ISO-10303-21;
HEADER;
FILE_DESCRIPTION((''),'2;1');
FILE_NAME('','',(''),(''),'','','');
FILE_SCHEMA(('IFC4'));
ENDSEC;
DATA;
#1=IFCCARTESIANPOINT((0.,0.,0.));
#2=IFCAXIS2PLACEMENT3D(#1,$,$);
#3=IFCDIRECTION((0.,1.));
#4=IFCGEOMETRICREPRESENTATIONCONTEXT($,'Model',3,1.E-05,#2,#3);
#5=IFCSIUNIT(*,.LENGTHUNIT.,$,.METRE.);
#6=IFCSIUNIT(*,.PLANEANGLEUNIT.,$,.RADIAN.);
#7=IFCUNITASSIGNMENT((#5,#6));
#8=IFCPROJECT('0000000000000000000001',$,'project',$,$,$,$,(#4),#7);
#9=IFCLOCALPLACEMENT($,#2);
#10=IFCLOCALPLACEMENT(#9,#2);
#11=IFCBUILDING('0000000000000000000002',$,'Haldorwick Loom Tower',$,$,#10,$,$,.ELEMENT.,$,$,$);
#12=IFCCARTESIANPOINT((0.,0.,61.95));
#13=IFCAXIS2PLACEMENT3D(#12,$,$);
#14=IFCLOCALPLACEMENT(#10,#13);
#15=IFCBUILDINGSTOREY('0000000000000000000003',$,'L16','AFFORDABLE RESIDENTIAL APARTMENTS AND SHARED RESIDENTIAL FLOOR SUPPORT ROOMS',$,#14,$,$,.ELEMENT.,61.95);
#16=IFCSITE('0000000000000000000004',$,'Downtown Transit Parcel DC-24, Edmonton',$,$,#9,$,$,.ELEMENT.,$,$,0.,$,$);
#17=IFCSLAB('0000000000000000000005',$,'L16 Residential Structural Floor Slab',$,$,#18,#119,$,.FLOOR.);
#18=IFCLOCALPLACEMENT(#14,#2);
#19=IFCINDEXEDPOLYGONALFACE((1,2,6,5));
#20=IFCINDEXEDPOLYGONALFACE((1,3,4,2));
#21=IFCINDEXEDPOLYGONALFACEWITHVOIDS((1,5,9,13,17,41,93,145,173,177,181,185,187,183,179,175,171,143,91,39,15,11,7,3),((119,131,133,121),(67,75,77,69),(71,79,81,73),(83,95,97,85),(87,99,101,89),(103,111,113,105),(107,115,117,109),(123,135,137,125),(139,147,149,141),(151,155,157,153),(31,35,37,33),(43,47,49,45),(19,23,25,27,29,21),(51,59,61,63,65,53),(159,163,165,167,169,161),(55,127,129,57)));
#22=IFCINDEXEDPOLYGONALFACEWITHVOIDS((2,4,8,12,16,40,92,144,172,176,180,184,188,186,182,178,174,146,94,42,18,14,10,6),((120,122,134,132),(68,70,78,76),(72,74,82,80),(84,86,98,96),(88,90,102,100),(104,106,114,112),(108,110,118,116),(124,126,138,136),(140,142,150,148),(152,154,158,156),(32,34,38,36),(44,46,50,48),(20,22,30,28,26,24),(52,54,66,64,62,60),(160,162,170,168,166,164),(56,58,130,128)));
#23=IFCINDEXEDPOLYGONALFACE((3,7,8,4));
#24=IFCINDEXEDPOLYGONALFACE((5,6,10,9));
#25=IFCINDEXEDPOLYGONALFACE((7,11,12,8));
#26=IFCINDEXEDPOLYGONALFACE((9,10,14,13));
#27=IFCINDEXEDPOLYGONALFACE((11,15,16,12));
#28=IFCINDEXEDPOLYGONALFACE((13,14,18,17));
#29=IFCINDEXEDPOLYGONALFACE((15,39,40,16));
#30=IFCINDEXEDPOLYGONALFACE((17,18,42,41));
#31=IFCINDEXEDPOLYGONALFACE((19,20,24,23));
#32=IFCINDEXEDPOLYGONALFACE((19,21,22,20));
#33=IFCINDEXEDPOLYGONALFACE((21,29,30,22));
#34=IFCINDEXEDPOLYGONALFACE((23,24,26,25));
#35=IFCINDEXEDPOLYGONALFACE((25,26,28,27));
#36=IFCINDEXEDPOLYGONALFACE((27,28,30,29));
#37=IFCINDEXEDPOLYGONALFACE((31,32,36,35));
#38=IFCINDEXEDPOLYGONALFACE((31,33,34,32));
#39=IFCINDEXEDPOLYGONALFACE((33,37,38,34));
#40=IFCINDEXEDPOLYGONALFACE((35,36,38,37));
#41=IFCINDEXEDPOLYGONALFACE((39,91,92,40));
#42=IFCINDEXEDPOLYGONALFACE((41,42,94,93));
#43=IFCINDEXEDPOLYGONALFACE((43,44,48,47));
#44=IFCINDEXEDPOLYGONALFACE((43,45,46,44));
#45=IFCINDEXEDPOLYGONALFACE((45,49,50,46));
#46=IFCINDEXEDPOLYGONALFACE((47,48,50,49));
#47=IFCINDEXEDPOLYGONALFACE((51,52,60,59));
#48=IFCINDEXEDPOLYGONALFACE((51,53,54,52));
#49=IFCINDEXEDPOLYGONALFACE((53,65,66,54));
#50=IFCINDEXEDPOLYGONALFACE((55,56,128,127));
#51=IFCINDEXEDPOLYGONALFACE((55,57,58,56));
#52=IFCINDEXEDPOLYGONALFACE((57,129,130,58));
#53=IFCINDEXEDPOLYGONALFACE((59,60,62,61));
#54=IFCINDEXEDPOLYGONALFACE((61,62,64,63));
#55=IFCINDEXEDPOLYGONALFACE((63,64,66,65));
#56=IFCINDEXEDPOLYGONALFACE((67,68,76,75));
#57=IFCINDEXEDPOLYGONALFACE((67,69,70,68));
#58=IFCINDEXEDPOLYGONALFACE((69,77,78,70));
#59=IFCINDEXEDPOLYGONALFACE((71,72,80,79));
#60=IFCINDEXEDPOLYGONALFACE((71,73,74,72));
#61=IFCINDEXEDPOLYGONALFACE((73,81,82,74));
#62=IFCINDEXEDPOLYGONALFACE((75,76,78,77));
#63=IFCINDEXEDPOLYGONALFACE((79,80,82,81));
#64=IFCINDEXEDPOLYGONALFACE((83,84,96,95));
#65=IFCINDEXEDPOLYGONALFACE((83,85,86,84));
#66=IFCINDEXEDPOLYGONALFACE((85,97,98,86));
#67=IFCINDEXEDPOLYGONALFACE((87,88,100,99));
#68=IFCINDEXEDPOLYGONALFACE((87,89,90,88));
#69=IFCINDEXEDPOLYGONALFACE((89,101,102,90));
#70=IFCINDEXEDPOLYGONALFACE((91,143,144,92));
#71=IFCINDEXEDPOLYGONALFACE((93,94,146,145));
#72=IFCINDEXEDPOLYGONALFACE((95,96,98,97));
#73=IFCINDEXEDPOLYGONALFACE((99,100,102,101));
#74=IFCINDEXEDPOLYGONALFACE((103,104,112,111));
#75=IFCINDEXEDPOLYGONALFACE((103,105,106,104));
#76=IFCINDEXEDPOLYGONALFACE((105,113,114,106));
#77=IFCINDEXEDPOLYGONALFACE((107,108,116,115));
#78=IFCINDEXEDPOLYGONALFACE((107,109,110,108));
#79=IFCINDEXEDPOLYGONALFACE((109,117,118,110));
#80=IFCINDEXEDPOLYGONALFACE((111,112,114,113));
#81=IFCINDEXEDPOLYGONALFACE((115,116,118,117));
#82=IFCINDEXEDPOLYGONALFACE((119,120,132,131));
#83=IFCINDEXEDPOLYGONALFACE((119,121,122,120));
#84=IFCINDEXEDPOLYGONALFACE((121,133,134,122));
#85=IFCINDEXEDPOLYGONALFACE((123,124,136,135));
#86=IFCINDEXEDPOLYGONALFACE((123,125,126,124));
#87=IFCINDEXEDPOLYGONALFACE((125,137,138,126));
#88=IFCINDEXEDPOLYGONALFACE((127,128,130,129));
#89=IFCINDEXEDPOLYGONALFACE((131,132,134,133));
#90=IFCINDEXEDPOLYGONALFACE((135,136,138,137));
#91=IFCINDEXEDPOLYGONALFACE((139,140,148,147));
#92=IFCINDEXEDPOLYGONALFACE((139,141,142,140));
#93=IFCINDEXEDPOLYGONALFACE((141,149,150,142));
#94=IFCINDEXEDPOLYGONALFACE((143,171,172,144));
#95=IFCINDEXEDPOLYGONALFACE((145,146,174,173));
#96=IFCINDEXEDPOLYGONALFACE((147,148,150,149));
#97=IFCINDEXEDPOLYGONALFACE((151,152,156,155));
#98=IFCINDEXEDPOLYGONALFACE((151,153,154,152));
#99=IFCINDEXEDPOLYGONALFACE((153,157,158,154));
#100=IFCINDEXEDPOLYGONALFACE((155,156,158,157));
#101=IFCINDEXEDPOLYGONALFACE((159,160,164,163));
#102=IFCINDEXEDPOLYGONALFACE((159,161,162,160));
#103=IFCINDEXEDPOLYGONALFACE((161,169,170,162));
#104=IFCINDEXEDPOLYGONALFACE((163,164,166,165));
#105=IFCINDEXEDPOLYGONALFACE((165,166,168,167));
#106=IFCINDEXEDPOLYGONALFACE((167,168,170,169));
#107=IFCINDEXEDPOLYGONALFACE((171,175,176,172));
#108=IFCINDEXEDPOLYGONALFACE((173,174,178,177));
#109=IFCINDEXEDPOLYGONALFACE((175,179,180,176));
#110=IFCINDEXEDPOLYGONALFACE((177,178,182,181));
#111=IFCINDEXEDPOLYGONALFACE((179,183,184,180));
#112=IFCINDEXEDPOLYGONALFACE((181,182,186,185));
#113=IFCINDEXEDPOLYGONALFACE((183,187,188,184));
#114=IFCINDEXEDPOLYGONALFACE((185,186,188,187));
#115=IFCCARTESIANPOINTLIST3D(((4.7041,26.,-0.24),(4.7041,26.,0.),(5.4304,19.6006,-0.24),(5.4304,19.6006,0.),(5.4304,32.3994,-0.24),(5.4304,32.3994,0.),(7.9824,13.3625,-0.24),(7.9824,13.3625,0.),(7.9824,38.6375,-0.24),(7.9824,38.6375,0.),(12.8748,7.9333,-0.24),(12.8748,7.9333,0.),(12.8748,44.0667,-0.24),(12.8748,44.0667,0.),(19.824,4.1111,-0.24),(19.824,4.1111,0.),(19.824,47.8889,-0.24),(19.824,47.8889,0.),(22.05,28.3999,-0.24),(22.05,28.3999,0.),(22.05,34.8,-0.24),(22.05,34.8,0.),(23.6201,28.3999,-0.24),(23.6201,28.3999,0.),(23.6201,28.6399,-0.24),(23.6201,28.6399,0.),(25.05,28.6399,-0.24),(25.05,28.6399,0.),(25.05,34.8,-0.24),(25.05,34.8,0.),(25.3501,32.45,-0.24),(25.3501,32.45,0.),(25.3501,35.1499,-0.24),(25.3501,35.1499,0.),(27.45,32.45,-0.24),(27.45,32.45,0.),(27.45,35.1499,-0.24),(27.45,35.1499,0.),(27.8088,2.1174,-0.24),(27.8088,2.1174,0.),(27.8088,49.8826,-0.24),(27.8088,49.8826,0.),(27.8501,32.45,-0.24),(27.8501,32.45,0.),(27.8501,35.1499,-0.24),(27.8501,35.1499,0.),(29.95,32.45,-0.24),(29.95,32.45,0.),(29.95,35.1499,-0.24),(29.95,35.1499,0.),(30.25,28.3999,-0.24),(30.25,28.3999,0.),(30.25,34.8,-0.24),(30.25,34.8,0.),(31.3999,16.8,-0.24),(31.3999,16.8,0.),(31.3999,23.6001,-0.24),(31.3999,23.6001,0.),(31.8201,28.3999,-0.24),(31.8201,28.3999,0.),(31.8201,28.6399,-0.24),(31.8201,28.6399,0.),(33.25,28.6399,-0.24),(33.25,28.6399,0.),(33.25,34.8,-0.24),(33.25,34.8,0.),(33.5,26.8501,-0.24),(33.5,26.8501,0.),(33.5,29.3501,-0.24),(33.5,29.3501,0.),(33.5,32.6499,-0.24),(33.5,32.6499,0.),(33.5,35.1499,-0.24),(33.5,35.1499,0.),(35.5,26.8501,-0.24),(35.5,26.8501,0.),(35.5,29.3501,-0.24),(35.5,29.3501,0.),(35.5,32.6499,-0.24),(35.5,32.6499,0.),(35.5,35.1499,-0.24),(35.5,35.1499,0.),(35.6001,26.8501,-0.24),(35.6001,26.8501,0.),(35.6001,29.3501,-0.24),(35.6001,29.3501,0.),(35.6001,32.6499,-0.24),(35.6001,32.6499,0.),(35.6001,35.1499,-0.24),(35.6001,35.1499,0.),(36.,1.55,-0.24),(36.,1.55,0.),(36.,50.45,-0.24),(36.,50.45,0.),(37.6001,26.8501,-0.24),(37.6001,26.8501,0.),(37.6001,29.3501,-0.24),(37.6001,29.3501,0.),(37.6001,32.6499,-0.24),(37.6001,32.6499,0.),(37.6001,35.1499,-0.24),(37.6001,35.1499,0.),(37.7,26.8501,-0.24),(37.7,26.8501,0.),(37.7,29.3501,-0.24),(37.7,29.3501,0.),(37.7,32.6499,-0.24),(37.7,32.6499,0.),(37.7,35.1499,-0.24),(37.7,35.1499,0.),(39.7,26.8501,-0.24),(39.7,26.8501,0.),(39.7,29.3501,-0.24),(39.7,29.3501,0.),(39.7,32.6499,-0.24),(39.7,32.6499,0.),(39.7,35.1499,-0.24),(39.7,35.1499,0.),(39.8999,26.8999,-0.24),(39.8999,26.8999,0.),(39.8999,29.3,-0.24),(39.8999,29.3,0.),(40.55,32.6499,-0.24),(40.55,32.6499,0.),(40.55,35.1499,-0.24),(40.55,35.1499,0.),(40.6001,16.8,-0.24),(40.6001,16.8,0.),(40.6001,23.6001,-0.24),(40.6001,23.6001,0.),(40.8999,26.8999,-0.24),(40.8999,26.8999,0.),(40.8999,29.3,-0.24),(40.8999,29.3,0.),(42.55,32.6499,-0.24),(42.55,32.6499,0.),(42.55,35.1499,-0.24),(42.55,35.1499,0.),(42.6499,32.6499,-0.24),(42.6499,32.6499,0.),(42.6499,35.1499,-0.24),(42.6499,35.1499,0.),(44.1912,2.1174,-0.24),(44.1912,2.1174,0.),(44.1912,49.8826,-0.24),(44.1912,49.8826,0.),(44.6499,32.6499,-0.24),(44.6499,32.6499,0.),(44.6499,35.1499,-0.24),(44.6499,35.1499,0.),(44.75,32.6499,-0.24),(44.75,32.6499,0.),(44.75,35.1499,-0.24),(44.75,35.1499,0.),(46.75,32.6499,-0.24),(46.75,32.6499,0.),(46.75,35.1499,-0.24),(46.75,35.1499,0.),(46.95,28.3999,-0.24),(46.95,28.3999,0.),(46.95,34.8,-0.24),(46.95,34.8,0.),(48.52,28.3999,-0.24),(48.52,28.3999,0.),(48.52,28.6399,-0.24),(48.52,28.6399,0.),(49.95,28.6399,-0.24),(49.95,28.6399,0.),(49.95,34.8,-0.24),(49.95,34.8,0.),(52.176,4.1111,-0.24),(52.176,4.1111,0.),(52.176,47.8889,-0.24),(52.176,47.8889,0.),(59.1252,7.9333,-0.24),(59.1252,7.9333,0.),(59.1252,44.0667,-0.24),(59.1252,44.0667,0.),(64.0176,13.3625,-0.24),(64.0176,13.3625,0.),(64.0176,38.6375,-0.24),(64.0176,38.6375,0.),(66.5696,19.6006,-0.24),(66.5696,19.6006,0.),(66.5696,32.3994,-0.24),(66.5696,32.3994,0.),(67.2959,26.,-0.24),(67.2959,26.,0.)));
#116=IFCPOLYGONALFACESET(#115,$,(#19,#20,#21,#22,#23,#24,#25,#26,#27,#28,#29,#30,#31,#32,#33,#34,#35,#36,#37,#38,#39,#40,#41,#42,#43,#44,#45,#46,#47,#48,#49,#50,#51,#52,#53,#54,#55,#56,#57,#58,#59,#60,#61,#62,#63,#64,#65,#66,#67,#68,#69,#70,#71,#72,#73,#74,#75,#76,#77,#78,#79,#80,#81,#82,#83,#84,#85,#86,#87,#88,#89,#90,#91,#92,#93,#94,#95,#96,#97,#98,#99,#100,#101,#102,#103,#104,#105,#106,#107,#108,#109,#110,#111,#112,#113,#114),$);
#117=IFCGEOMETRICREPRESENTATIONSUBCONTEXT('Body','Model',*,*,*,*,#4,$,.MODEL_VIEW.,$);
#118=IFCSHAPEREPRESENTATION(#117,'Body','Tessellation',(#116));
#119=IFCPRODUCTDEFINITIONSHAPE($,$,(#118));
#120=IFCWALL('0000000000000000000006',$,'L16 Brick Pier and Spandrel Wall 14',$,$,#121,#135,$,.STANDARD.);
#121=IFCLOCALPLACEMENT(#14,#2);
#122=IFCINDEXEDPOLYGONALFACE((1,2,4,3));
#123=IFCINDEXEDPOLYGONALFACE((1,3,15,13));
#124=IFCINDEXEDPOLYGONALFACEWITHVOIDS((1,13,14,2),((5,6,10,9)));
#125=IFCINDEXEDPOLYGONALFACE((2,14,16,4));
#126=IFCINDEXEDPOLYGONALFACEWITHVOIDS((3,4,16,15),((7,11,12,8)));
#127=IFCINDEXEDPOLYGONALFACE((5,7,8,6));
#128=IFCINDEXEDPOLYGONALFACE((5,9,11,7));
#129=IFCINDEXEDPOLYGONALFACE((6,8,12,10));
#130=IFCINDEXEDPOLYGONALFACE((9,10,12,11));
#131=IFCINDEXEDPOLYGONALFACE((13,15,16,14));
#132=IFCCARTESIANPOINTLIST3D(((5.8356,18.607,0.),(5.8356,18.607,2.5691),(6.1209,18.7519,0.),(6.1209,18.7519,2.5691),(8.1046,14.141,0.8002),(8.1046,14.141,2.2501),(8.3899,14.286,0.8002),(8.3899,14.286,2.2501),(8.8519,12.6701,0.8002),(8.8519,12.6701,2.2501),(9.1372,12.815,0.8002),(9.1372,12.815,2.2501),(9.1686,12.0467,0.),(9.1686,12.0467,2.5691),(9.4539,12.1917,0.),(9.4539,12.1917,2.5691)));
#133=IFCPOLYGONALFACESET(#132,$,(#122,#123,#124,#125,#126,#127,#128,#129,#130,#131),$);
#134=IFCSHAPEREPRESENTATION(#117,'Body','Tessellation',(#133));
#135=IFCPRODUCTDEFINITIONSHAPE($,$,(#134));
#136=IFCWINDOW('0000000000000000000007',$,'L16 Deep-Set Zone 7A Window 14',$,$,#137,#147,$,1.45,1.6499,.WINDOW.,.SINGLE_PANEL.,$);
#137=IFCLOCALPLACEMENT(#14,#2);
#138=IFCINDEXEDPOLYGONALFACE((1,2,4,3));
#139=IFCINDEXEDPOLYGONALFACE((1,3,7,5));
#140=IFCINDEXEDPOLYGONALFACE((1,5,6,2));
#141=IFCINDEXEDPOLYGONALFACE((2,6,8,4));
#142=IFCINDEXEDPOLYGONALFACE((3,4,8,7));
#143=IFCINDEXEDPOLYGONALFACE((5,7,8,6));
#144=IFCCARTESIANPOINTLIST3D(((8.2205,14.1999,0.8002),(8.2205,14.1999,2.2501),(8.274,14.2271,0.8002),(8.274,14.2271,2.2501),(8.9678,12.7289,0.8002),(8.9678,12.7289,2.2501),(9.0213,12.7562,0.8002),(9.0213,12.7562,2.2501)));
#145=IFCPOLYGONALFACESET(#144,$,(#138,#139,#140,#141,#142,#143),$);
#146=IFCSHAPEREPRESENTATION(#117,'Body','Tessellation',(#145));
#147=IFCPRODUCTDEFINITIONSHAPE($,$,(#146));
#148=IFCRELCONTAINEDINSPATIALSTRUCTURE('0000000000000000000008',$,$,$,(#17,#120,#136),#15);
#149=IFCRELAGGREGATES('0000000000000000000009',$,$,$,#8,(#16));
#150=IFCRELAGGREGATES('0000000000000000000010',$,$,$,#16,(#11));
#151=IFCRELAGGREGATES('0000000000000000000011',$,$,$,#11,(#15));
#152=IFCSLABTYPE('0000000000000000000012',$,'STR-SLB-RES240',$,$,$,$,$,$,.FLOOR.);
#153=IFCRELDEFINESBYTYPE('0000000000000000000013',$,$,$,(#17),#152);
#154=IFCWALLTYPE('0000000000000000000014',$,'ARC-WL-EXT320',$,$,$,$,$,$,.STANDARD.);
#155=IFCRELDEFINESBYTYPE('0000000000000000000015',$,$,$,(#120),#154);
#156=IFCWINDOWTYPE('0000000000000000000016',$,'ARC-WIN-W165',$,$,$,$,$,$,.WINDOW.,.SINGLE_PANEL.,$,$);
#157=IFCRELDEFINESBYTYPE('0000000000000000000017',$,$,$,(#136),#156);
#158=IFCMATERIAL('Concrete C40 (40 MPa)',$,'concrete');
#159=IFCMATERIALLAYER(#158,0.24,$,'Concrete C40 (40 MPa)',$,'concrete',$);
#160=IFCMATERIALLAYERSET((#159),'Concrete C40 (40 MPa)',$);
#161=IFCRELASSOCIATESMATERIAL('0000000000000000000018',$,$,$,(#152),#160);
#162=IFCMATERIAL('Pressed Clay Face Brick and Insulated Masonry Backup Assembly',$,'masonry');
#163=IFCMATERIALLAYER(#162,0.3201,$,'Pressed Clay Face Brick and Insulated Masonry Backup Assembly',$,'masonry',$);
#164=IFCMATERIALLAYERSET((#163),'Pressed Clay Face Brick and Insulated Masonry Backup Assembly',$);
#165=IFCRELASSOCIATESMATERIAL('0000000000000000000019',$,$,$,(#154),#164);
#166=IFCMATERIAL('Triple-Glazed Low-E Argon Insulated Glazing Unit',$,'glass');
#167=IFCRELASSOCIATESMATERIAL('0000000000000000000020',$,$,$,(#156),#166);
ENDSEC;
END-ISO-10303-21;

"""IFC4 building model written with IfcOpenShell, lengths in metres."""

from ifc_helpers import new_model, si_unit, direction, frame, frame_2d, origin, place, context, subcontext, project, spatial, polyline, rectangle, outline, extrude, material, layer, layer_set, type_object, element, fill, save


model = new_model("IFC4")

# Units and contexts
model_context = context("Model", 3, precision=1e-05, world=origin(), true_north=direction((0.0, 1.0)))
body_context = subcontext(model_context, "Body", "Model", "MODEL_VIEW")
ifc_project = project(units=[si_unit("LENGTHUNIT", "METRE"), si_unit("PLANEANGLEUNIT", "RADIAN")], contexts=[model_context])

# Site, building, storey
site_placement = place(None, origin())
site = spatial("IfcSite", under=ifc_project, at=site_placement, Name="Downtown Transit Parcel DC-24, Edmonton", CompositionType="ELEMENT", RefElevation=0.0)
building_placement = place(site_placement, origin())
building = spatial("IfcBuilding", under=site, at=building_placement, Name="Haldorwick Loom Tower", CompositionType="ELEMENT")
storey_placement = place(building_placement, frame((0.0, 0.0, 61.95)))
storey = spatial("IfcBuildingStorey", under=building, at=storey_placement, Name="L16", Description="AFFORDABLE RESIDENTIAL APARTMENTS AND SHARED RESIDENTIAL FLOOR SUPPORT ROOMS", CompositionType="ELEMENT", Elevation=61.95)

# Shared definitions
ifc_material_1 = material(Name="Concrete C40 (40 MPa)", Category="concrete")

# Slab
ifc_layer_1 = layer(ifc_material_1, 0.24, Name="Concrete C40 (40 MPa)", Category="concrete")
ifc_layer_set_1 = layer_set([ifc_layer_1], Name="Concrete C40 (40 MPa)")
slab_type_1 = type_object("IfcSlabType", Name="STR-SLB-RES240", PredefinedType="FLOOR", material=ifc_layer_set_1)
slab_1_placement = place(storey_placement, frame((0.0, 0.0, -0.24)))
element("IfcSlab", 1, at=slab_1_placement, inside=storey, type_object=slab_type_1, Name="L16 Residential Structural Floor Slab", PredefinedType="FLOOR", context=body_context, shape_type="SweptSolid", body=[
    extrude(outline(polyline([(59.1252, 7.9333), (64.0176, 13.3625), (66.5696, 19.6006), (67.2959, 26.0), (66.5696, 32.3994), (64.0176, 38.6375), (59.1252, 44.0667), (52.176, 47.8889), (44.1912, 49.8826), (36.0, 50.45), (27.8088, 49.8826), (19.824, 47.8889), (12.8748, 44.0667), (7.9824, 38.6375), (5.4304, 32.3994), (4.7041, 26.0), (5.4304, 19.6006), (7.9824, 13.3625), (12.8748, 7.9333), (19.824, 4.1111), (27.8088, 2.1174), (36.0, 1.55), (44.1912, 2.1174), (52.176, 4.1111), (59.1252, 7.9333)]), holes=[polyline([(31.3999, 23.6001), (40.6001, 23.6001), (40.6001, 16.8), (31.3999, 16.8), (31.3999, 23.6001)]), polyline([(33.5, 26.8501), (33.5, 29.3501), (35.5, 29.3501), (35.5, 26.8501), (33.5, 26.8501)]), polyline([(22.05, 28.3999), (22.05, 34.8), (25.05, 34.8), (25.05, 28.6399), (23.6201, 28.6399), (23.6201, 28.3999), (22.05, 28.3999)]), polyline([(30.25, 28.3999), (30.25, 34.8), (33.25, 34.8), (33.25, 28.6399), (31.8201, 28.6399), (31.8201, 28.3999), (30.25, 28.3999)]), polyline([(25.3501, 32.45), (25.3501, 35.1499), (27.45, 35.1499), (27.45, 32.45), (25.3501, 32.45)]), polyline([(27.8501, 32.45), (27.8501, 35.1499), (29.95, 35.1499), (29.95, 32.45), (27.8501, 32.45)]), polyline([(33.5, 32.6499), (33.5, 35.1499), (35.5, 35.1499), (35.5, 32.6499), (33.5, 32.6499)]), polyline([(35.6001, 32.6499), (35.6001, 35.1499), (37.6001, 35.1499), (37.6001, 32.6499), (35.6001, 32.6499)]), polyline([(35.6001, 26.8501), (35.6001, 29.3501), (37.6001, 29.3501), (37.6001, 26.8501), (35.6001, 26.8501)]), polyline([(37.7, 26.8501), (37.7, 29.3501), (39.7, 29.3501), (39.7, 26.8501), (37.7, 26.8501)]), polyline([(39.8999, 26.8999), (39.8999, 29.3), (40.8999, 29.3), (40.8999, 26.8999), (39.8999, 26.8999)]), polyline([(46.95, 28.3999), (46.95, 34.8), (49.95, 34.8), (49.95, 28.6399), (48.52, 28.6399), (48.52, 28.3999), (46.95, 28.3999)]), polyline([(37.7, 32.6499), (37.7, 35.1499), (39.7, 35.1499), (39.7, 32.6499), (37.7, 32.6499)]), polyline([(40.55, 32.6499), (40.55, 35.1499), (42.55, 35.1499), (42.55, 32.6499), (40.55, 32.6499)]), polyline([(42.6499, 32.6499), (42.6499, 35.1499), (44.6499, 35.1499), (44.6499, 32.6499), (42.6499, 32.6499)]), polyline([(44.75, 32.6499), (44.75, 35.1499), (46.75, 35.1499), (46.75, 32.6499), (44.75, 32.6499)])]), origin(), (0.0, 0.0, 1.0), 0.24),
])

# Wall, opening, window
ifc_material_2 = material(Name="Pressed Clay Face Brick and Insulated Masonry Backup Assembly", Category="masonry")
ifc_layer_2 = layer(ifc_material_2, 0.3201, Name="Pressed Clay Face Brick and Insulated Masonry Backup Assembly", Category="masonry")
ifc_layer_set_2 = layer_set([ifc_layer_2], Name="Pressed Clay Face Brick and Insulated Masonry Backup Assembly")
wall_type_1 = type_object("IfcWallType", Name="ARC-WL-EXT320", PredefinedType="STANDARD", material=ifc_layer_set_2)
wall_1_placement = place(storey_placement, frame((5.9783, 18.6794, 0.0), z_axis=(0.0, 0.0, 1.0), x_axis=(0.452951, -0.891535, 0.0)))
wall_1 = element("IfcWall", 2, at=wall_1_placement, inside=storey, type_object=wall_type_1, Name="L16 Brick Pier and Spandrel Wall 14", PredefinedType="STANDARD", context=body_context, shape_type="SweptSolid", body=[
    extrude(rectangle(XDim=7.3584, YDim=0.3201, at=frame_2d((3.6792, 0.0))), origin(), (0.0, 0.0, 1.0), 2.5691),
])
opening_1_placement = place(wall_1_placement, frame((5.0093, 0.0, 0.8)))
opening_1 = element("IfcOpeningElement", 3, at=opening_1_placement, cuts=wall_1, PredefinedType="OPENING", context=body_context, shape_type="SweptSolid", body=[
    extrude(rectangle(XDim=1.6499, YDim=1.45, at=frame_2d((0.825, 0.7251))), frame((0.0, 0.1699, 0.0), z_axis=(0.0, -1.0, 0.0), x_axis=(1.0, 0.0, 0.0)), (0.0, 0.0, 1.0), 0.3401),
])
ifc_material_3 = material(Name="Triple-Glazed Low-E Argon Insulated Glazing Unit", Category="glass")
window_type = type_object("IfcWindowType", Name="ARC-WIN-W165", PartitioningType="SINGLE_PANEL", PredefinedType="WINDOW", material=ifc_material_3)
window_1_placement = place(opening_1_placement, origin())
window_1 = element("IfcWindow", 4, at=window_1_placement, inside=storey, type_object=window_type, Name="L16 Deep-Set Zone 7A Window 14", OverallHeight=1.45, OverallWidth=1.6499, PartitioningType="SINGLE_PANEL", PredefinedType="WINDOW", context=body_context, shape_type="SweptSolid", body=[
    extrude(rectangle(XDim=1.6499, YDim=1.45, at=frame_2d((0.825, 0.7251))), frame((0.0, 0.03, 0.0), z_axis=(0.0, -1.0, 0.0), x_axis=(1.0, 0.0, 0.0)), (0.0, 0.0, 1.0), 0.0601),
])
fill(opening_1, window_1)

save(model, "model.ifc")
